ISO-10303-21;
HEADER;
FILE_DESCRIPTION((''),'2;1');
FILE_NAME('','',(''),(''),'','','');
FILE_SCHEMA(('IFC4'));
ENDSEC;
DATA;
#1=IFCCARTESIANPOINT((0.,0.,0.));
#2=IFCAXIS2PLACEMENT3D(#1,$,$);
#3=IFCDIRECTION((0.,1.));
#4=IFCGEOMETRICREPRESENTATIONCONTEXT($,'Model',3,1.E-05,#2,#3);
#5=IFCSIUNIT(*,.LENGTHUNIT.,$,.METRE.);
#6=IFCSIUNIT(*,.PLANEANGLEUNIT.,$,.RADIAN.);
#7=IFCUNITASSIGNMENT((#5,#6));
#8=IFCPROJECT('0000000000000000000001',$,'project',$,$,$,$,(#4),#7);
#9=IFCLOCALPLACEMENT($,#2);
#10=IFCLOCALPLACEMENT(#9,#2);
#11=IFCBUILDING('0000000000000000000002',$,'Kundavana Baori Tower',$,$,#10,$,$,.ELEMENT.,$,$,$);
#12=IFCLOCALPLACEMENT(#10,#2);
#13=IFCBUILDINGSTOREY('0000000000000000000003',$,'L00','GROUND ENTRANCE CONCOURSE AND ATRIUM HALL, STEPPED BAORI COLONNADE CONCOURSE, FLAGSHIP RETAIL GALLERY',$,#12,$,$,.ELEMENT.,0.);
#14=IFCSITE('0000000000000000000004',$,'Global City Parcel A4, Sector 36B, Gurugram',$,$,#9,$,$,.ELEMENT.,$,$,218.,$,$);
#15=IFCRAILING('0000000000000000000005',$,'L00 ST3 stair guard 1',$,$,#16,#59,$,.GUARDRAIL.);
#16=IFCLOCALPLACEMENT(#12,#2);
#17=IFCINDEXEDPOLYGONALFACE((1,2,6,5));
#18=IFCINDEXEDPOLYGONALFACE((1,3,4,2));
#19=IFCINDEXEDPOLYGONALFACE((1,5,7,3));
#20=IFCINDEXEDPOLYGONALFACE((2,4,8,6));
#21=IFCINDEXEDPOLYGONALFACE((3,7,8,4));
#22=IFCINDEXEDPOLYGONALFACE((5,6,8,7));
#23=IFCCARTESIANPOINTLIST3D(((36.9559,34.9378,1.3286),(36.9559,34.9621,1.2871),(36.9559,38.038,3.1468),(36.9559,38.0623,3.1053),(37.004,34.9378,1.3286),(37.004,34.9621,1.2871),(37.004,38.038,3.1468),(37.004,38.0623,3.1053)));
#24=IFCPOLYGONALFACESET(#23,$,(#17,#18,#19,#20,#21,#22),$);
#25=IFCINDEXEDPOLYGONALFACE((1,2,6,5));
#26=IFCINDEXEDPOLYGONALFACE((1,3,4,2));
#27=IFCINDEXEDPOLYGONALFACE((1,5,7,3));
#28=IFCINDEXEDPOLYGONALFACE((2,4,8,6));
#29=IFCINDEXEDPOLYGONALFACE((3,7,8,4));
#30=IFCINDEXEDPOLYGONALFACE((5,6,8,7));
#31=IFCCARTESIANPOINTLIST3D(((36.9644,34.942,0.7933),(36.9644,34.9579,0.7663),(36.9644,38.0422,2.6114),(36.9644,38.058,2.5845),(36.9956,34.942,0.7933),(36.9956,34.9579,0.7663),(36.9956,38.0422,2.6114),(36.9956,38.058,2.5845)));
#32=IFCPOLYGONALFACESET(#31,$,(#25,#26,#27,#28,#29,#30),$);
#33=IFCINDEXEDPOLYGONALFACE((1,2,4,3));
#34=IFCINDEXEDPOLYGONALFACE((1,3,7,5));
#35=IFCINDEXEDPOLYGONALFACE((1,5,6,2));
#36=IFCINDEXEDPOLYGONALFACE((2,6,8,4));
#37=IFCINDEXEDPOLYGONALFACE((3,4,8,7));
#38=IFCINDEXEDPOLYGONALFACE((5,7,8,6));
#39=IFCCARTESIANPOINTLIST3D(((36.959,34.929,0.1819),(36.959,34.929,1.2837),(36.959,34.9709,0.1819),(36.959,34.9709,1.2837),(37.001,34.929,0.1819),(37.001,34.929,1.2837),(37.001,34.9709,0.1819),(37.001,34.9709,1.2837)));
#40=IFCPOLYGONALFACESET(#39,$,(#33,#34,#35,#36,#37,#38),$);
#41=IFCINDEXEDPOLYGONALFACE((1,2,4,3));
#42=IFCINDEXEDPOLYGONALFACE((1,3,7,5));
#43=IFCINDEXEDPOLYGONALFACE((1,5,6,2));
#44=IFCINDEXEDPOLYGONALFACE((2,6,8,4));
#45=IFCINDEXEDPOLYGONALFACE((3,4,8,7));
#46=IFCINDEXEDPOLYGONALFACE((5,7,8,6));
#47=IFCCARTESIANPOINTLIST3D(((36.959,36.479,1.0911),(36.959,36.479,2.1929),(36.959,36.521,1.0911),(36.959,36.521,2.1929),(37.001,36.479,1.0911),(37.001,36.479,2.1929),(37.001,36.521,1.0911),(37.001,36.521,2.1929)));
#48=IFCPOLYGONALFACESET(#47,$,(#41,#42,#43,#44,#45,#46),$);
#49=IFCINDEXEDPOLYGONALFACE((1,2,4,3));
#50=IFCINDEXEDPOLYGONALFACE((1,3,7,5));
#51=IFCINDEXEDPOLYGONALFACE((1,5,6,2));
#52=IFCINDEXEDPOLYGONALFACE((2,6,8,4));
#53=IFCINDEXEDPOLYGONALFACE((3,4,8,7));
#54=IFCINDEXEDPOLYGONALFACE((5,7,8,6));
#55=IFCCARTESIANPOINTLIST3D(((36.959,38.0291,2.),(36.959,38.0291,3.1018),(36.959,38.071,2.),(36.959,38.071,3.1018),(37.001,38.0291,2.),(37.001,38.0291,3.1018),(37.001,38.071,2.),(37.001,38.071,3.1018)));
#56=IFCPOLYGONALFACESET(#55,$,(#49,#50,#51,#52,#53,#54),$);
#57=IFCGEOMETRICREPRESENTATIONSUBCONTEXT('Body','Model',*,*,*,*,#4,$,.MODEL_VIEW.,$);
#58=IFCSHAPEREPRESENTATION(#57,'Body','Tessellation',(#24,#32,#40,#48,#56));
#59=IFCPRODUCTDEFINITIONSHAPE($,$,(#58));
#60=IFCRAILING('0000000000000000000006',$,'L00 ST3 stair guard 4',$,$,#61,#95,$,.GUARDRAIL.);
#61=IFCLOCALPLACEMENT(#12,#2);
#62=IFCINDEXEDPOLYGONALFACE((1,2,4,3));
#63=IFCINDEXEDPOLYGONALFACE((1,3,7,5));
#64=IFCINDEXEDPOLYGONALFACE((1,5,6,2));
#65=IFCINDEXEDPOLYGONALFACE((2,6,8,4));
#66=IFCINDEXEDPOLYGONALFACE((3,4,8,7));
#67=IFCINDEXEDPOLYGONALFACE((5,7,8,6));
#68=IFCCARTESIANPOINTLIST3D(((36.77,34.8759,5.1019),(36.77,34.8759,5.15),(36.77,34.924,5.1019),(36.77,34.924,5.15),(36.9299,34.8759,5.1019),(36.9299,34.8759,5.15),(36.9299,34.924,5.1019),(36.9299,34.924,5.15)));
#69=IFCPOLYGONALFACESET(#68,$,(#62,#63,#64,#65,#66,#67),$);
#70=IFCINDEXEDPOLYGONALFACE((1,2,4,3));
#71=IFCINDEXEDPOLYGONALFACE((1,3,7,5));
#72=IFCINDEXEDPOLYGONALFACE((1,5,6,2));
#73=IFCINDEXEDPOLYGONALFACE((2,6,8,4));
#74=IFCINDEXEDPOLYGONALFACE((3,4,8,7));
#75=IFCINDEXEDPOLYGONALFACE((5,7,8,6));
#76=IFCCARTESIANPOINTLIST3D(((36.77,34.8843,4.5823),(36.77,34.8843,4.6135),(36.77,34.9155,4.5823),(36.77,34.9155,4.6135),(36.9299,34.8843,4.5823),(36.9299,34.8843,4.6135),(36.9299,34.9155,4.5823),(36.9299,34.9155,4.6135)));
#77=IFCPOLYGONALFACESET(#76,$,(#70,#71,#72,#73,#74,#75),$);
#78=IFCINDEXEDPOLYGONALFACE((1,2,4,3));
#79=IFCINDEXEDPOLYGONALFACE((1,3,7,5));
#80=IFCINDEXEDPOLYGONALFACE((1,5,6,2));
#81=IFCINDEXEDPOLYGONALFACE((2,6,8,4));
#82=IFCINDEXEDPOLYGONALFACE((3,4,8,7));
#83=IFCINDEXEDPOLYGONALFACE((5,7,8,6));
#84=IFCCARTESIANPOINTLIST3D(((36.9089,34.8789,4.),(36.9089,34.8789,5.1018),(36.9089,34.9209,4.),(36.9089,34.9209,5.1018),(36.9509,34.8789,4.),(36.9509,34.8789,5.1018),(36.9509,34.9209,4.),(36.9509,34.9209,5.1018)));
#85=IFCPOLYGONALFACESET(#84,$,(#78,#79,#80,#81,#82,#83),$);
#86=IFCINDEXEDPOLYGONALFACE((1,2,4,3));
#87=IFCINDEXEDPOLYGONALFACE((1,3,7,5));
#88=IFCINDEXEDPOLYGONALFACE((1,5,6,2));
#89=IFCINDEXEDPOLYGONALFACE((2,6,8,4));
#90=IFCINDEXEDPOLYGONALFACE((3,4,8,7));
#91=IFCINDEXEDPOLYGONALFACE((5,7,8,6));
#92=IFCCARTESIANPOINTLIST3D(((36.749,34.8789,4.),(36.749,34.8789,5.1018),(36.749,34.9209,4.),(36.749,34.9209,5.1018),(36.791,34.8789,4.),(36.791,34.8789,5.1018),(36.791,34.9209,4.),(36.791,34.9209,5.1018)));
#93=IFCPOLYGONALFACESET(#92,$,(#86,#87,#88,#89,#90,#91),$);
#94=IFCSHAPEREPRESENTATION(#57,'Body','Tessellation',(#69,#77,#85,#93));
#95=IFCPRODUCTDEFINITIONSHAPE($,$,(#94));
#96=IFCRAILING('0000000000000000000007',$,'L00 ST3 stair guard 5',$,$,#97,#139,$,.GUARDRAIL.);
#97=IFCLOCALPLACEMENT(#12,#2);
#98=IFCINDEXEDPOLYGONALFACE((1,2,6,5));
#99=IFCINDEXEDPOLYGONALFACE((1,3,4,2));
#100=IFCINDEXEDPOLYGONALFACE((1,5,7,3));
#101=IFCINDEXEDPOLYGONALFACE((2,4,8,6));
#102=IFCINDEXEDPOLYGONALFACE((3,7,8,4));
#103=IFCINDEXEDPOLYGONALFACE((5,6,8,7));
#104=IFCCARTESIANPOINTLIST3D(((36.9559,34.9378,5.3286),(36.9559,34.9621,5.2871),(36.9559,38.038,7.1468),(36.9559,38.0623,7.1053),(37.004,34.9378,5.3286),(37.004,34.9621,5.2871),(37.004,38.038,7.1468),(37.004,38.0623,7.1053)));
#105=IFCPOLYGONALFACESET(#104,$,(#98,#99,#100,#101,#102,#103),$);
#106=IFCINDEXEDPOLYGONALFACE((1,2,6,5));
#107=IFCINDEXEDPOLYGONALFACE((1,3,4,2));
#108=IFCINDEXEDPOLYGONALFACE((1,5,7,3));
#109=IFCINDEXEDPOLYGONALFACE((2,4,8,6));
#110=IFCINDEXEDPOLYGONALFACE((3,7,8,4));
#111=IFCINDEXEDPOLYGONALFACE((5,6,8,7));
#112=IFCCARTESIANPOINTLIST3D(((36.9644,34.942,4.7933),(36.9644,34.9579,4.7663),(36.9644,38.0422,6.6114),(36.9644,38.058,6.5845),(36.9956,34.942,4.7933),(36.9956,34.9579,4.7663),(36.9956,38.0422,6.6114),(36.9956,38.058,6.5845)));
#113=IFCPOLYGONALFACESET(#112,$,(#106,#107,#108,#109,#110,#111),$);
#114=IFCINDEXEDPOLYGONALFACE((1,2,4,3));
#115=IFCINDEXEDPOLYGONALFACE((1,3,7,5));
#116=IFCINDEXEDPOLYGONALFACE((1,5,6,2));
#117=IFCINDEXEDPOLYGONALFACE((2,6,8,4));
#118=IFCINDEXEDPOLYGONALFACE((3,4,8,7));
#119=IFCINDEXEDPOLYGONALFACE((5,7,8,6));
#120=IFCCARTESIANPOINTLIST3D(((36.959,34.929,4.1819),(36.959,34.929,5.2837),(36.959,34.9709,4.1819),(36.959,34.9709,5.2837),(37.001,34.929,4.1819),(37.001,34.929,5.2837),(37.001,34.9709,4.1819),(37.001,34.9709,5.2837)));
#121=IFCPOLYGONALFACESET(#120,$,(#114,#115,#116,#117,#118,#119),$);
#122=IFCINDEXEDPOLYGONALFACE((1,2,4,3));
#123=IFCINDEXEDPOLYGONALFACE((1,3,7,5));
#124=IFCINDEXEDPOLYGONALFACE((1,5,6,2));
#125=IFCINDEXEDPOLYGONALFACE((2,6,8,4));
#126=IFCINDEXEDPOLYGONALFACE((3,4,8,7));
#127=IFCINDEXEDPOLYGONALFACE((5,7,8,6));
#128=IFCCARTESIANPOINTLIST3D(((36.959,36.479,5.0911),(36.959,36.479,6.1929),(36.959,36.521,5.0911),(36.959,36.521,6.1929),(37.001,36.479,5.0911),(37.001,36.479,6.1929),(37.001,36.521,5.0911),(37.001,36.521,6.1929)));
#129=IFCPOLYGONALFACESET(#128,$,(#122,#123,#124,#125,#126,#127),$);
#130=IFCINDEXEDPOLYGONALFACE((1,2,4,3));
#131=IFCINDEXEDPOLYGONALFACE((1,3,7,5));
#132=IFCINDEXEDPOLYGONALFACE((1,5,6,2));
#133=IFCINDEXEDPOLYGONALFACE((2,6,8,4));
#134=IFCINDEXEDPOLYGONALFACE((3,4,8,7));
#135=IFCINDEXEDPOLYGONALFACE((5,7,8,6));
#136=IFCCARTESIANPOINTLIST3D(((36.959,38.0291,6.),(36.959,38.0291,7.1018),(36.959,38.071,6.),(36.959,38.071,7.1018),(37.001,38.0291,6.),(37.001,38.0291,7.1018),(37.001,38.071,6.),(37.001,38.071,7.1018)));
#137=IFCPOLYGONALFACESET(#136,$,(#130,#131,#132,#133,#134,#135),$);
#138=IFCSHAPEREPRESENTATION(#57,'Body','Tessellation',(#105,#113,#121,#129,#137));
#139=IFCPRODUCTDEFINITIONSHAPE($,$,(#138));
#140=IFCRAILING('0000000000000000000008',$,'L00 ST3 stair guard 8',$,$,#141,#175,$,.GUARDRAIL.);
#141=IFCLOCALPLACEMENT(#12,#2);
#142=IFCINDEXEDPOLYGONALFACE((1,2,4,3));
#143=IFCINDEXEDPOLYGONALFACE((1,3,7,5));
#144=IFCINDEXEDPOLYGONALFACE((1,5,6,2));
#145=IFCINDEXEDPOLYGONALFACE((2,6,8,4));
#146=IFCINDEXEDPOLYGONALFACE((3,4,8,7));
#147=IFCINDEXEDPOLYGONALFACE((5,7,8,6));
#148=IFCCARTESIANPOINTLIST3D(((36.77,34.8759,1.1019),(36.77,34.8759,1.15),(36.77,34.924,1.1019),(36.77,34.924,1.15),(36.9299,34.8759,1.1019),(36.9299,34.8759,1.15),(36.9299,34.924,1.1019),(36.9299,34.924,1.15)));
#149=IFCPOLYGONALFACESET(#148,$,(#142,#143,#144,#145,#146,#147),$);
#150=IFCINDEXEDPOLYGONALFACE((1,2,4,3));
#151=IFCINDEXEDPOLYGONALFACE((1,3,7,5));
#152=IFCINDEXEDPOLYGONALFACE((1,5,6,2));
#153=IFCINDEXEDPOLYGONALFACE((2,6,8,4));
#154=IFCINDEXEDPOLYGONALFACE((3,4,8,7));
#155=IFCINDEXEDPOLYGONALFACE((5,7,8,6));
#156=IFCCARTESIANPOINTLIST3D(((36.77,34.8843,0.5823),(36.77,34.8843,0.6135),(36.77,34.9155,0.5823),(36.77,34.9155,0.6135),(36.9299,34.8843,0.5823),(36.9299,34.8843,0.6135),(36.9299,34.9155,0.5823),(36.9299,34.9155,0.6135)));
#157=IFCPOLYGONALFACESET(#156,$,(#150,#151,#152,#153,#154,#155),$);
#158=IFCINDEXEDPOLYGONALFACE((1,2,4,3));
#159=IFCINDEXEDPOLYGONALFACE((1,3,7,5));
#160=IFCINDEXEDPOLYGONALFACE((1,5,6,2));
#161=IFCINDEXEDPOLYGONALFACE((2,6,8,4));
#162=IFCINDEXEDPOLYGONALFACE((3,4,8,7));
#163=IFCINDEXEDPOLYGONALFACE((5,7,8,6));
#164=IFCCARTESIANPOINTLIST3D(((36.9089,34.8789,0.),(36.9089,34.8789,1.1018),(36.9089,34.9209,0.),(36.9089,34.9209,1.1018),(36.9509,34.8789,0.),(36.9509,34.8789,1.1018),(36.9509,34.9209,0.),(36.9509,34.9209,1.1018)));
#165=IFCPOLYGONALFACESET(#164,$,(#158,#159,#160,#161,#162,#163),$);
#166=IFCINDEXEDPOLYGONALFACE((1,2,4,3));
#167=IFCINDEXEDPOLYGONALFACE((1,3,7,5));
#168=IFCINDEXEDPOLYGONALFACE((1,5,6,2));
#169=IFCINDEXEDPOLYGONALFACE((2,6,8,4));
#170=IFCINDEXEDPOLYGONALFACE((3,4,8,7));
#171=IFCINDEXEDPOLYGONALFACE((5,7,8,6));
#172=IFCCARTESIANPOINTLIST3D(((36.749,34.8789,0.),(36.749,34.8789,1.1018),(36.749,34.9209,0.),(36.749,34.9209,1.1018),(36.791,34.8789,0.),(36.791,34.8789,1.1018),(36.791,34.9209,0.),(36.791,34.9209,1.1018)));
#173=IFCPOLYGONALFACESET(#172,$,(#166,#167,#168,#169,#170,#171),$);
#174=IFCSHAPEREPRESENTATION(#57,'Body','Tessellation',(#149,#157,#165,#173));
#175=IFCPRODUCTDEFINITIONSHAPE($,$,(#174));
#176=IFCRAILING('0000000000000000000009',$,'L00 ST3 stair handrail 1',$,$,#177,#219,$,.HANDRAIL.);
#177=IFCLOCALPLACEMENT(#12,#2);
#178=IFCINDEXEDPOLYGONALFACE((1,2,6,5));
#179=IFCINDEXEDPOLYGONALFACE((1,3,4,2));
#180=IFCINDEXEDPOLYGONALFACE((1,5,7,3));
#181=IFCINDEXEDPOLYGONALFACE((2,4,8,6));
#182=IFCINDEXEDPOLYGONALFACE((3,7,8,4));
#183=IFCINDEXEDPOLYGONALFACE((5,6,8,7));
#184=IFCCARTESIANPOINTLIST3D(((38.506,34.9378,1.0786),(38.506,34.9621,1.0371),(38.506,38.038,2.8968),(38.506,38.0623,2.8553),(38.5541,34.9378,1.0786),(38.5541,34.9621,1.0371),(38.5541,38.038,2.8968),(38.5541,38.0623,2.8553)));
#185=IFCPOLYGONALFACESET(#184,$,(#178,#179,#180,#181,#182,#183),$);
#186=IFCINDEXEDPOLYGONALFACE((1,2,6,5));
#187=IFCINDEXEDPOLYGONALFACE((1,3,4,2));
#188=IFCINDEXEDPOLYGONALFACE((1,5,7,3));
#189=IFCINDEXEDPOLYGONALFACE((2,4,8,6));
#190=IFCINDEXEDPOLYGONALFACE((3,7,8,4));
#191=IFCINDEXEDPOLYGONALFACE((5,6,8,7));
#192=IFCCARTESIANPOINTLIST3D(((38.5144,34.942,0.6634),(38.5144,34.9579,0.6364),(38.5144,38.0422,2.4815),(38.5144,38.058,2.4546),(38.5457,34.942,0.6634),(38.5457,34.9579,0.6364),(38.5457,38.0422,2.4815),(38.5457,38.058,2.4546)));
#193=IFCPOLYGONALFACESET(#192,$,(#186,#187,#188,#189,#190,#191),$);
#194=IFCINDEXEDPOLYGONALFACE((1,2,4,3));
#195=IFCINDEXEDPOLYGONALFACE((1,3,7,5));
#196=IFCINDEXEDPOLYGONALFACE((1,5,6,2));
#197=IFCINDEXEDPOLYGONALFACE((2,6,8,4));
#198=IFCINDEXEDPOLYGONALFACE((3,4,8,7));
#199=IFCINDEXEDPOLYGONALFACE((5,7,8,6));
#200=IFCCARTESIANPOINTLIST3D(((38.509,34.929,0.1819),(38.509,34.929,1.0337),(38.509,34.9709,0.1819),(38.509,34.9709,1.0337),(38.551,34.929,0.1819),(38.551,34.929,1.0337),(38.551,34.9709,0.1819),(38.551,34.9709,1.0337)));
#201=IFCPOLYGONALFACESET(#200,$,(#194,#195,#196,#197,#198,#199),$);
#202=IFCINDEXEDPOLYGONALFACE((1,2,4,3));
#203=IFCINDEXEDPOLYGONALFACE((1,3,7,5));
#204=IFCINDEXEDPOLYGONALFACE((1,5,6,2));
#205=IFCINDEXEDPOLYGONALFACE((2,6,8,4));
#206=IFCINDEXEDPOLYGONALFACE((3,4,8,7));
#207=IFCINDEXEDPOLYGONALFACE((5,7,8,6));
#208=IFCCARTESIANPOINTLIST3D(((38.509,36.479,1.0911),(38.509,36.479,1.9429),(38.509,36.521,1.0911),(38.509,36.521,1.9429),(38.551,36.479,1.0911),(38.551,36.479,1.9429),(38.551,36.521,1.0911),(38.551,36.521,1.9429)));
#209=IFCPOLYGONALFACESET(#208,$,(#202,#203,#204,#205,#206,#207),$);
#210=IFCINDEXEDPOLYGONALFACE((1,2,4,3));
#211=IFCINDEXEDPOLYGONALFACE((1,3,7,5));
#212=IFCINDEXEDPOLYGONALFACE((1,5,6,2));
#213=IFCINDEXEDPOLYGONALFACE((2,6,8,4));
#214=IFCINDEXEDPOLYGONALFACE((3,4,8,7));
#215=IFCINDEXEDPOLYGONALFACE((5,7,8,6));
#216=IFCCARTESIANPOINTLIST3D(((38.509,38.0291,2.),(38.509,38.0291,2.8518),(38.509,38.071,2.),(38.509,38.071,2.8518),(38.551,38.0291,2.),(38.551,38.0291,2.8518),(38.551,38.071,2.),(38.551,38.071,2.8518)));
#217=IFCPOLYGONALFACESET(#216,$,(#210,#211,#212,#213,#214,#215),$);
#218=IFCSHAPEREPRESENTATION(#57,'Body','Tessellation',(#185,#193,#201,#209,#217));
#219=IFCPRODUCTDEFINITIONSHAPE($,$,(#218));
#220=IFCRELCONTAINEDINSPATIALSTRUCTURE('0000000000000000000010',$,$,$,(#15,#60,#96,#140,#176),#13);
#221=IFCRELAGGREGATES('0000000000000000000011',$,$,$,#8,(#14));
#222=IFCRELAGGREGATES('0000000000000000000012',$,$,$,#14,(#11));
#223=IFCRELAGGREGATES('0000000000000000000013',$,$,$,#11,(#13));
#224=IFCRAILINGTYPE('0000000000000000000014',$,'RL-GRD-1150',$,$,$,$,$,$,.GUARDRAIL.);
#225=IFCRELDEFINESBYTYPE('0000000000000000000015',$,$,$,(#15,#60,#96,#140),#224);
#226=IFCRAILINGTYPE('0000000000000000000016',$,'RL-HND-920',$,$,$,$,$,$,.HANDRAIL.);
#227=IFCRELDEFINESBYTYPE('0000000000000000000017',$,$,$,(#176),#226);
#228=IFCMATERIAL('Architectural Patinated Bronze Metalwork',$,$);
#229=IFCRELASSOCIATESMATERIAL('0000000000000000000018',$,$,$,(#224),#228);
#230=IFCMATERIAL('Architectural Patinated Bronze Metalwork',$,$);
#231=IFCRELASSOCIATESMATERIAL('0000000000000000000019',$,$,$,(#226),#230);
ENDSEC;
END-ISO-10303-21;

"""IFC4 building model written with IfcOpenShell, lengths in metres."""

from ifc_helpers import new_model, si_unit, direction, frame, origin, origin_2d, place, context, subcontext, project, spatial, rectangle, extrude, material, type_object, element, save


model = new_model("IFC4")

# Units and contexts
model_context = context("Model", 3, precision=1e-05, world=origin(), true_north=direction((0.0, 1.0)))
body_context = subcontext(model_context, "Body", "Model", "MODEL_VIEW")
ifc_project = project(units=[si_unit("LENGTHUNIT", "METRE"), si_unit("PLANEANGLEUNIT", "RADIAN")], contexts=[model_context])

# Site, building, storey
site_placement = place(None, origin())
site = spatial("IfcSite", under=ifc_project, at=site_placement, Name="Global City Parcel A4, Sector 36B, Gurugram", CompositionType="ELEMENT", RefElevation=218.0)
building_placement = place(site_placement, origin())
building = spatial("IfcBuilding", under=site, at=building_placement, Name="Kundavana Baori Tower", CompositionType="ELEMENT")
storey_placement = place(building_placement, origin())
storey = spatial("IfcBuildingStorey", under=building, at=storey_placement, Name="L00", Description="GROUND ENTRANCE CONCOURSE AND ATRIUM HALL, STEPPED BAORI COLONNADE CONCOURSE, FLAGSHIP RETAIL GALLERY", CompositionType="ELEMENT", Elevation=0.0)

# Railings
ifc_material_1 = material(Name="Architectural Patinated Bronze Metalwork")
railing_type_1 = type_object("IfcRailingType", Name="RL-GRD-1150", PredefinedType="GUARDRAIL", material=ifc_material_1)
railing_1_placement = place(storey_placement, frame((36.98, 34.95, 0.1819)))
element("IfcRailing", 1, at=railing_1_placement, inside=storey, type_object=railing_type_1, Name="L00 ST3 stair guard 1", PredefinedType="GUARDRAIL", context=body_context, shape_type="SweptSolid", body=[
    extrude(rectangle(XDim=0.0481, YDim=0.0481, at=origin_2d()), frame((0.0, 0.0, 1.126), z_axis=(0.0, 0.862599, 0.505889), x_axis=(-1.0, 0.0, 0.0)), (0.0, 0.0, 1.0), 3.594),
    extrude(rectangle(XDim=0.0312, YDim=0.0312, at=origin_2d()), frame((0.0, 0.0, 0.5979), z_axis=(0.0, 0.862599, 0.505889), x_axis=(-1.0, 0.0, 0.0)), (0.0, 0.0, 1.0), 3.594),
    extrude(rectangle(XDim=0.042, YDim=0.042, at=origin_2d()), origin(), (0.0, 0.0, 1.0), 1.1018),
    extrude(rectangle(XDim=0.042, YDim=0.042, at=origin_2d()), frame((0.0, 1.55, 0.9092)), (0.0, 0.0, 1.0), 1.1018),
    extrude(rectangle(XDim=0.042, YDim=0.042, at=origin_2d()), frame((0.0, 3.1001, 1.8181)), (0.0, 0.0, 1.0), 1.1018),
])
railing_2_placement = place(storey_placement, frame((36.9299, 34.8999, 4.0)))
element("IfcRailing", 2, at=railing_2_placement, inside=storey, type_object=railing_type_1, Name="L00 ST3 stair guard 4", PredefinedType="GUARDRAIL", context=body_context, shape_type="SweptSolid", body=[
    extrude(rectangle(XDim=0.0481, YDim=0.0481, at=origin_2d()), frame((0.0, 0.0, 1.126), z_axis=(-1.0, 0.0, 0.0), x_axis=(0.0, -1.0, 0.0)), (0.0, 0.0, 1.0), 0.1599),
    extrude(rectangle(XDim=0.0312, YDim=0.0312, at=origin_2d()), frame((0.0, 0.0, 0.5979), z_axis=(-1.0, 0.0, 0.0), x_axis=(0.0, -1.0, 0.0)), (0.0, 0.0, 1.0), 0.1599),
    extrude(rectangle(XDim=0.042, YDim=0.042, at=origin_2d()), origin(), (0.0, 0.0, 1.0), 1.1018),
    extrude(rectangle(XDim=0.042, YDim=0.042, at=origin_2d()), frame((-0.1599, 0.0, 0.0)), (0.0, 0.0, 1.0), 1.1018),
])
railing_3_placement = place(storey_placement, frame((36.98, 34.95, 4.1819)))
element("IfcRailing", 3, at=railing_3_placement, inside=storey, type_object=railing_type_1, Name="L00 ST3 stair guard 5", PredefinedType="GUARDRAIL", context=body_context, shape_type="SweptSolid", body=[
    extrude(rectangle(XDim=0.0481, YDim=0.0481, at=origin_2d()), frame((0.0, 0.0, 1.126), z_axis=(0.0, 0.862599, 0.505889), x_axis=(-1.0, 0.0, 0.0)), (0.0, 0.0, 1.0), 3.594),
    extrude(rectangle(XDim=0.0312, YDim=0.0312, at=origin_2d()), frame((0.0, 0.0, 0.5979), z_axis=(0.0, 0.862599, 0.505889), x_axis=(-1.0, 0.0, 0.0)), (0.0, 0.0, 1.0), 3.594),
    extrude(rectangle(XDim=0.042, YDim=0.042, at=origin_2d()), origin(), (0.0, 0.0, 1.0), 1.1018),
    extrude(rectangle(XDim=0.042, YDim=0.042, at=origin_2d()), frame((0.0, 1.55, 0.9092)), (0.0, 0.0, 1.0), 1.1018),
    extrude(rectangle(XDim=0.042, YDim=0.042, at=origin_2d()), frame((0.0, 3.1001, 1.8181)), (0.0, 0.0, 1.0), 1.1018),
])
railing_4_placement = place(storey_placement, frame((36.9299, 34.8999, 0.0)))
element("IfcRailing", 4, at=railing_4_placement, inside=storey, type_object=railing_type_1, Name="L00 ST3 stair guard 8", PredefinedType="GUARDRAIL", context=body_context, shape_type="SweptSolid", body=[
    extrude(rectangle(XDim=0.0481, YDim=0.0481, at=origin_2d()), frame((0.0, 0.0, 1.126), z_axis=(-1.0, 0.0, 0.0), x_axis=(0.0, -1.0, 0.0)), (0.0, 0.0, 1.0), 0.1599),
    extrude(rectangle(XDim=0.0312, YDim=0.0312, at=origin_2d()), frame((0.0, 0.0, 0.5979), z_axis=(-1.0, 0.0, 0.0), x_axis=(0.0, -1.0, 0.0)), (0.0, 0.0, 1.0), 0.1599),
    extrude(rectangle(XDim=0.042, YDim=0.042, at=origin_2d()), origin(), (0.0, 0.0, 1.0), 1.1018),
    extrude(rectangle(XDim=0.042, YDim=0.042, at=origin_2d()), frame((-0.1599, 0.0, 0.0)), (0.0, 0.0, 1.0), 1.1018),
])
ifc_material_2 = material(Name="Architectural Patinated Bronze Metalwork")
railing_type_2 = type_object("IfcRailingType", Name="RL-HND-920", PredefinedType="HANDRAIL", material=ifc_material_2)
for number, where, name in (
    (5, (38.53, 34.95, 0.1819), "L00 ST3 stair handrail 1"),
):
    element("IfcRailing", number, at=place(storey_placement, frame(where)), inside=storey, type_object=railing_type_2, Name=name, PredefinedType="HANDRAIL", context=body_context, shape_type="SweptSolid", body=[
        extrude(rectangle(XDim=0.0481, YDim=0.0481, at=origin_2d()), frame((0.0, 0.0, 0.876), z_axis=(0.0, 0.862599, 0.505889), x_axis=(-1.0, 0.0, 0.0)), (0.0, 0.0, 1.0), 3.594),
        extrude(rectangle(XDim=0.0312, YDim=0.0312, at=origin_2d()), frame((0.0, 0.0, 0.468), z_axis=(0.0, 0.862599, 0.505889), x_axis=(-1.0, 0.0, 0.0)), (0.0, 0.0, 1.0), 3.594),
        extrude(rectangle(XDim=0.042, YDim=0.042, at=origin_2d()), origin(), (0.0, 0.0, 1.0), 0.8518),
        extrude(rectangle(XDim=0.042, YDim=0.042, at=origin_2d()), frame((0.0, 1.55, 0.9092)), (0.0, 0.0, 1.0), 0.8518),
        extrude(rectangle(XDim=0.042, YDim=0.042, at=origin_2d()), frame((0.0, 3.1001, 1.8181)), (0.0, 0.0, 1.0), 0.8518),
    ])

save(model, "model.ifc")
